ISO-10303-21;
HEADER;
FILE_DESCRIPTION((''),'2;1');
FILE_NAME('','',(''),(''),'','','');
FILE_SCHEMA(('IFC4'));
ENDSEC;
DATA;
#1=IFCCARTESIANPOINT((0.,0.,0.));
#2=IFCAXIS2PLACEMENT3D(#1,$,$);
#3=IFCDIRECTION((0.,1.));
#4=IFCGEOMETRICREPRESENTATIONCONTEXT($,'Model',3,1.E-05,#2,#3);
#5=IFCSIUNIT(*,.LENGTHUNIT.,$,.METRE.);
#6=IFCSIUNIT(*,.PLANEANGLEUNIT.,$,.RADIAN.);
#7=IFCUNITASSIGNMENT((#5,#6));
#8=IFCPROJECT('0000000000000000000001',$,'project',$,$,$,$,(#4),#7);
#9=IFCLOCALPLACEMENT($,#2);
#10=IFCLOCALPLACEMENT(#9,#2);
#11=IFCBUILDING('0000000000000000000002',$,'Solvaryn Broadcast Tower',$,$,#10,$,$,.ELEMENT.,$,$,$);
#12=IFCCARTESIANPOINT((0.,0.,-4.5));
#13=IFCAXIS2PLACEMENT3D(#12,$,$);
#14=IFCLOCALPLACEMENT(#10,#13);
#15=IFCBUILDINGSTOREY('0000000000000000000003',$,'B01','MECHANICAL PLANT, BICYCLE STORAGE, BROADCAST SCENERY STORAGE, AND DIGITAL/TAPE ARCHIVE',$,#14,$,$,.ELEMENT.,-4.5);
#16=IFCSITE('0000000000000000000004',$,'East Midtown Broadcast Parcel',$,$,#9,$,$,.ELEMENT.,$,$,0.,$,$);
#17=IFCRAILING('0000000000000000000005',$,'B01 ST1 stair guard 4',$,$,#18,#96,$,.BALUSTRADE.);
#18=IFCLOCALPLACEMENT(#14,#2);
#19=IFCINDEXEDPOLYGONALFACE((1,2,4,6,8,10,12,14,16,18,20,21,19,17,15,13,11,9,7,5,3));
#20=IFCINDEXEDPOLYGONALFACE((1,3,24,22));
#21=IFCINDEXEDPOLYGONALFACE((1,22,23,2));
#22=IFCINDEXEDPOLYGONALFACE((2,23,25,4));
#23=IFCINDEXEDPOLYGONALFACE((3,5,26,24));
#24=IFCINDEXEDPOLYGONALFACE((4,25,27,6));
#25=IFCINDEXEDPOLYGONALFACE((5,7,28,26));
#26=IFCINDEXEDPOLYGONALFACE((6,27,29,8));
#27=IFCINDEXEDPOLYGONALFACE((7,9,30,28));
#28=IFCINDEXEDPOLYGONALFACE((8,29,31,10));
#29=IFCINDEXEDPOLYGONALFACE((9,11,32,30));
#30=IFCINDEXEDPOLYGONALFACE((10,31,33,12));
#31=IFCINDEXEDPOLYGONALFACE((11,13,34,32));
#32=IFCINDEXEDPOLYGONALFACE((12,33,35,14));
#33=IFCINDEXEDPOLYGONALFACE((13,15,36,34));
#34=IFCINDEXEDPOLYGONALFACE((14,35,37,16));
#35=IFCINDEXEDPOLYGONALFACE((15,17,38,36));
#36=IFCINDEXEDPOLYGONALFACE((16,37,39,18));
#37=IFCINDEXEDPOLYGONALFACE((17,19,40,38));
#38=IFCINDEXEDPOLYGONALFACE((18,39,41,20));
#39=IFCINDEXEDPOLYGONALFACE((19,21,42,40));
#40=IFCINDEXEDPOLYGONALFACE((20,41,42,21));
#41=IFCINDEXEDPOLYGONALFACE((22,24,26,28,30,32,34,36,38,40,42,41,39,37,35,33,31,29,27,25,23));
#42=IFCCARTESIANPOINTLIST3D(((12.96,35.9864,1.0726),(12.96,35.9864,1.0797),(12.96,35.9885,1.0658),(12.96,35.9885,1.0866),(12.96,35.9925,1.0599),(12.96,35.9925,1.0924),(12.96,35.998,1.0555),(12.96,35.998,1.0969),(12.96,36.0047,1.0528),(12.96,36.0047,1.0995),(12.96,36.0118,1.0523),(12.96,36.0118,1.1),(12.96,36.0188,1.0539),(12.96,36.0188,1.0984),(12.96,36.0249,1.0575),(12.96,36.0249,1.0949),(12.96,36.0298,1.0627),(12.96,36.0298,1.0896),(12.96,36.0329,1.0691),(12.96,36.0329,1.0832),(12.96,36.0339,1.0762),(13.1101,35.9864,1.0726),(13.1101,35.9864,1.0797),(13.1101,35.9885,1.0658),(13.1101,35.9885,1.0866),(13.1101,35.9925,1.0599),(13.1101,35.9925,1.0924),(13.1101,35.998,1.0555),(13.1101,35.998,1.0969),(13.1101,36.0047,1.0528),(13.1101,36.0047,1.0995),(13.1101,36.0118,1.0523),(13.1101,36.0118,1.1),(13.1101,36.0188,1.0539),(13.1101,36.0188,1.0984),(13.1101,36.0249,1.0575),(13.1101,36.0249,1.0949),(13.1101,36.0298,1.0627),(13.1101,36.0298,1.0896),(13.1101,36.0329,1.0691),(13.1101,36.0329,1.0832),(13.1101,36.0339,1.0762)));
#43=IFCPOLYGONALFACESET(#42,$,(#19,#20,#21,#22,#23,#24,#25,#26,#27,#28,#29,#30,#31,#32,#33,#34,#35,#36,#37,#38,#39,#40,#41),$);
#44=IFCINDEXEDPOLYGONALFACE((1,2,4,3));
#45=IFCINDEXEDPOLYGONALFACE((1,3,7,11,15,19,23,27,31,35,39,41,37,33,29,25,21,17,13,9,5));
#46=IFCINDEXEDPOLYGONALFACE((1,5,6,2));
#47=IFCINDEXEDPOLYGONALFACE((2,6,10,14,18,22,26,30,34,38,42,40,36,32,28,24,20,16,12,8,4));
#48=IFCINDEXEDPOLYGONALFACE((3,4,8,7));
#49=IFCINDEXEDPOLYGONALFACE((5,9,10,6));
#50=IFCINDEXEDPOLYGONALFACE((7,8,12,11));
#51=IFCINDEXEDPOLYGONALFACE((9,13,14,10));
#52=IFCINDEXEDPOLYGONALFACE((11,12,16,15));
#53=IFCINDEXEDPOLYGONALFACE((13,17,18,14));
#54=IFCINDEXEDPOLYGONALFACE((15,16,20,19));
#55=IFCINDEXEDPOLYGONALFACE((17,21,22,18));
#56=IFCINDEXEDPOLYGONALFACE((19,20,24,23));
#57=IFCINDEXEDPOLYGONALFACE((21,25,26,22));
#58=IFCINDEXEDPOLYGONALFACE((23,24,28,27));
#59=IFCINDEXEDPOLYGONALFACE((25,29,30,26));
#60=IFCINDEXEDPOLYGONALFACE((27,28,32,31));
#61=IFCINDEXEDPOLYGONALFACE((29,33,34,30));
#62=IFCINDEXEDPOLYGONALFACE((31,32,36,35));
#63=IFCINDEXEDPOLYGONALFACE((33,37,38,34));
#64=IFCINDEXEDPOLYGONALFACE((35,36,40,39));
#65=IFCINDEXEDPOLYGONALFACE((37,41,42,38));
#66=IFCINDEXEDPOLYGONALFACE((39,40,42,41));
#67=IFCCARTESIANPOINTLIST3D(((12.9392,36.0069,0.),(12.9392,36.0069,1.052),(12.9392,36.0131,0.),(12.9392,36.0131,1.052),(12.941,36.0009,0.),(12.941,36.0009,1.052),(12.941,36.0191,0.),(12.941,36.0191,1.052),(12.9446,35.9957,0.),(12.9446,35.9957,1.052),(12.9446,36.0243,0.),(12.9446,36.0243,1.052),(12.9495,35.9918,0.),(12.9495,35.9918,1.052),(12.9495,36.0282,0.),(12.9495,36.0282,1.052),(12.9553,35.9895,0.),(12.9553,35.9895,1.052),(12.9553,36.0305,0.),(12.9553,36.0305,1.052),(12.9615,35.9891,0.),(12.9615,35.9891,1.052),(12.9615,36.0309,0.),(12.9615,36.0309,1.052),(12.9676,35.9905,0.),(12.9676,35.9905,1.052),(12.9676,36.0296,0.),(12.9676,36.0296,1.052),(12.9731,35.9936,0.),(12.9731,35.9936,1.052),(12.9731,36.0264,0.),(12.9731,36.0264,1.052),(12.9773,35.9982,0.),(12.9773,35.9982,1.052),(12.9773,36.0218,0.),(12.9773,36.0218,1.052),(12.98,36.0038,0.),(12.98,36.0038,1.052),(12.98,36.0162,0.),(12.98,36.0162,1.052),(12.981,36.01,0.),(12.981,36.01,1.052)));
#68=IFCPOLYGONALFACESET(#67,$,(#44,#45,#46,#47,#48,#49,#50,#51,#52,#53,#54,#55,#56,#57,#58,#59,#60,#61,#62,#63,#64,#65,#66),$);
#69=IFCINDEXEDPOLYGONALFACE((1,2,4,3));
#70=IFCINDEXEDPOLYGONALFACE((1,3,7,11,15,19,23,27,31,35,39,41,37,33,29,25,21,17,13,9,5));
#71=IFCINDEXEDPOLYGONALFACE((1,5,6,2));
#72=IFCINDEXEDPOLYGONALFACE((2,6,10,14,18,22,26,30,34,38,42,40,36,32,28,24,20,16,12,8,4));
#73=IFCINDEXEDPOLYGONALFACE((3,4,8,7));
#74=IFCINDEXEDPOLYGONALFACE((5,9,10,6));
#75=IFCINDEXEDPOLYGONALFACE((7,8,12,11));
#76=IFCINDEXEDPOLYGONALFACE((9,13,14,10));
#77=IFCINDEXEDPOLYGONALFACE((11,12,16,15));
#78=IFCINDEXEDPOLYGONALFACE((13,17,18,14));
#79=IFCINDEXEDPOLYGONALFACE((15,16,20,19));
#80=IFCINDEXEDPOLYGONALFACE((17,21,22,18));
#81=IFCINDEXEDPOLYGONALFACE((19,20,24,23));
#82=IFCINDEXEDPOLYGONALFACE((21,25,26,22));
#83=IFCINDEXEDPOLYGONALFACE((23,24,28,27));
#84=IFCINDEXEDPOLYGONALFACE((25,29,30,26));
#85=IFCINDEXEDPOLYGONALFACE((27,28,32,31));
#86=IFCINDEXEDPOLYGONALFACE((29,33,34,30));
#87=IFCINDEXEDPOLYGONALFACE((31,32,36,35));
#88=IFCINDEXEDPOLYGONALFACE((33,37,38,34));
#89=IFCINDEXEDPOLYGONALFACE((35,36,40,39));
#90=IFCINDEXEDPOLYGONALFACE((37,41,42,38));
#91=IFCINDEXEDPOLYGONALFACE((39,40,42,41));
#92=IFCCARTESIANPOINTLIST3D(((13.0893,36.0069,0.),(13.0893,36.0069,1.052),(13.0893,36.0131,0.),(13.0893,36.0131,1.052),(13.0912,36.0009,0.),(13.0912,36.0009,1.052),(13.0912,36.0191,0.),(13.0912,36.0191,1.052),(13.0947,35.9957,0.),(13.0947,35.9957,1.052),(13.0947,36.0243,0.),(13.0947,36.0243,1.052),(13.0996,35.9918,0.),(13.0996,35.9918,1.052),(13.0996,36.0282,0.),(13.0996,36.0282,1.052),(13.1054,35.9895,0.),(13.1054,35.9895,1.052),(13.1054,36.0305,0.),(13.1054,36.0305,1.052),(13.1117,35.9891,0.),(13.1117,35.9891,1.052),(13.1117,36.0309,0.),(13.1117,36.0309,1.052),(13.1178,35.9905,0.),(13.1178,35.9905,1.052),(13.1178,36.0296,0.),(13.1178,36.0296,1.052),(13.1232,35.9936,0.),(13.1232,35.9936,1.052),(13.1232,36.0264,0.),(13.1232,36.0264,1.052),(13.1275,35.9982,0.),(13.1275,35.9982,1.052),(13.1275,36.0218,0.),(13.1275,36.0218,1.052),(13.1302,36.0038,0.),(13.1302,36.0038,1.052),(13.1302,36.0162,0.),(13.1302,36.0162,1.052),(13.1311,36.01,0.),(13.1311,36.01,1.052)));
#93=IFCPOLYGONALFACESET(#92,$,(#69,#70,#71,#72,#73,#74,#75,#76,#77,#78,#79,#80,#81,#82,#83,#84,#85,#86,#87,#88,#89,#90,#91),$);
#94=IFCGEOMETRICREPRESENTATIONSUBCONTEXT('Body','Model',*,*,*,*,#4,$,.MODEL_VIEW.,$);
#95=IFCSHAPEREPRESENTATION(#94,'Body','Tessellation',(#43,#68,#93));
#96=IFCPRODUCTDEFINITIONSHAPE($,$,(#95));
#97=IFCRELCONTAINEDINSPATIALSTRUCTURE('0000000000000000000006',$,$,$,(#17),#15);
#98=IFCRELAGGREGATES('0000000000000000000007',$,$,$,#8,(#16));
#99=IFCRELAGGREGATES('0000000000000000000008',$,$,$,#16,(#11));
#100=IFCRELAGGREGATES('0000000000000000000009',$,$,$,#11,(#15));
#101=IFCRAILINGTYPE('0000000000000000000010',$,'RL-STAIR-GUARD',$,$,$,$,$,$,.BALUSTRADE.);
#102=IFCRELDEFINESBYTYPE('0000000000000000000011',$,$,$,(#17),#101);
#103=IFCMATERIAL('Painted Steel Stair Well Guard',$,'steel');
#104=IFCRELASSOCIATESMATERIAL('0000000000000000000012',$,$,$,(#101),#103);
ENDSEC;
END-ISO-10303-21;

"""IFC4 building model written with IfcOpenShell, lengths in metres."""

from ifc_helpers import new_model, si_unit, direction, frame, origin, origin_2d, place, context, subcontext, project, spatial, circle, extrude, material, type_object, element, save


model = new_model("IFC4")

# Units and contexts
model_context = context("Model", 3, precision=1e-05, world=origin(), true_north=direction((0.0, 1.0)))
body_context = subcontext(model_context, "Body", "Model", "MODEL_VIEW")
ifc_project = project(units=[si_unit("LENGTHUNIT", "METRE"), si_unit("PLANEANGLEUNIT", "RADIAN")], contexts=[model_context])

# Site, building, storey
site_placement = place(None, origin())
site = spatial("IfcSite", under=ifc_project, at=site_placement, Name="East Midtown Broadcast Parcel", CompositionType="ELEMENT", RefElevation=0.0)
building_placement = place(site_placement, origin())
building = spatial("IfcBuilding", under=site, at=building_placement, Name="Solvaryn Broadcast Tower", CompositionType="ELEMENT")
storey_placement = place(building_placement, frame((0.0, 0.0, -4.5)))
storey = spatial("IfcBuildingStorey", under=building, at=storey_placement, Name="B01", Description="MECHANICAL PLANT, BICYCLE STORAGE, BROADCAST SCENERY STORAGE, AND DIGITAL/TAPE ARCHIVE", CompositionType="ELEMENT", Elevation=-4.5)

# Railing
ifc_material_1 = material(Name="Painted Steel Stair Well Guard", Category="steel")
railing_type_1 = type_object("IfcRailingType", Name="RL-STAIR-GUARD", PredefinedType="BALUSTRADE", material=ifc_material_1)
railing_1_placement = place(storey_placement, frame((12.96, 36.01, 0.0)))
element("IfcRailing", 1, at=railing_1_placement, inside=storey, type_object=railing_type_1, Name="B01 ST1 stair guard 4", PredefinedType="BALUSTRADE", context=body_context, shape_type="SweptSolid", body=[
    extrude(circle(Radius=0.0239, at=origin_2d()), frame((0.0, 0.0, 1.0762), z_axis=(1.0, 0.0, 0.0), x_axis=(0.0, 1.0, 0.0)), (0.0, 0.0, 1.0), 0.1501),
    extrude(circle(Radius=0.021, at=origin_2d()), origin(), (0.0, 0.0, 1.0), 1.052),
    extrude(circle(Radius=0.021, at=origin_2d()), frame((0.1501, 0.0, 0.0)), (0.0, 0.0, 1.0), 1.052),
])

save(model, "model.ifc")
